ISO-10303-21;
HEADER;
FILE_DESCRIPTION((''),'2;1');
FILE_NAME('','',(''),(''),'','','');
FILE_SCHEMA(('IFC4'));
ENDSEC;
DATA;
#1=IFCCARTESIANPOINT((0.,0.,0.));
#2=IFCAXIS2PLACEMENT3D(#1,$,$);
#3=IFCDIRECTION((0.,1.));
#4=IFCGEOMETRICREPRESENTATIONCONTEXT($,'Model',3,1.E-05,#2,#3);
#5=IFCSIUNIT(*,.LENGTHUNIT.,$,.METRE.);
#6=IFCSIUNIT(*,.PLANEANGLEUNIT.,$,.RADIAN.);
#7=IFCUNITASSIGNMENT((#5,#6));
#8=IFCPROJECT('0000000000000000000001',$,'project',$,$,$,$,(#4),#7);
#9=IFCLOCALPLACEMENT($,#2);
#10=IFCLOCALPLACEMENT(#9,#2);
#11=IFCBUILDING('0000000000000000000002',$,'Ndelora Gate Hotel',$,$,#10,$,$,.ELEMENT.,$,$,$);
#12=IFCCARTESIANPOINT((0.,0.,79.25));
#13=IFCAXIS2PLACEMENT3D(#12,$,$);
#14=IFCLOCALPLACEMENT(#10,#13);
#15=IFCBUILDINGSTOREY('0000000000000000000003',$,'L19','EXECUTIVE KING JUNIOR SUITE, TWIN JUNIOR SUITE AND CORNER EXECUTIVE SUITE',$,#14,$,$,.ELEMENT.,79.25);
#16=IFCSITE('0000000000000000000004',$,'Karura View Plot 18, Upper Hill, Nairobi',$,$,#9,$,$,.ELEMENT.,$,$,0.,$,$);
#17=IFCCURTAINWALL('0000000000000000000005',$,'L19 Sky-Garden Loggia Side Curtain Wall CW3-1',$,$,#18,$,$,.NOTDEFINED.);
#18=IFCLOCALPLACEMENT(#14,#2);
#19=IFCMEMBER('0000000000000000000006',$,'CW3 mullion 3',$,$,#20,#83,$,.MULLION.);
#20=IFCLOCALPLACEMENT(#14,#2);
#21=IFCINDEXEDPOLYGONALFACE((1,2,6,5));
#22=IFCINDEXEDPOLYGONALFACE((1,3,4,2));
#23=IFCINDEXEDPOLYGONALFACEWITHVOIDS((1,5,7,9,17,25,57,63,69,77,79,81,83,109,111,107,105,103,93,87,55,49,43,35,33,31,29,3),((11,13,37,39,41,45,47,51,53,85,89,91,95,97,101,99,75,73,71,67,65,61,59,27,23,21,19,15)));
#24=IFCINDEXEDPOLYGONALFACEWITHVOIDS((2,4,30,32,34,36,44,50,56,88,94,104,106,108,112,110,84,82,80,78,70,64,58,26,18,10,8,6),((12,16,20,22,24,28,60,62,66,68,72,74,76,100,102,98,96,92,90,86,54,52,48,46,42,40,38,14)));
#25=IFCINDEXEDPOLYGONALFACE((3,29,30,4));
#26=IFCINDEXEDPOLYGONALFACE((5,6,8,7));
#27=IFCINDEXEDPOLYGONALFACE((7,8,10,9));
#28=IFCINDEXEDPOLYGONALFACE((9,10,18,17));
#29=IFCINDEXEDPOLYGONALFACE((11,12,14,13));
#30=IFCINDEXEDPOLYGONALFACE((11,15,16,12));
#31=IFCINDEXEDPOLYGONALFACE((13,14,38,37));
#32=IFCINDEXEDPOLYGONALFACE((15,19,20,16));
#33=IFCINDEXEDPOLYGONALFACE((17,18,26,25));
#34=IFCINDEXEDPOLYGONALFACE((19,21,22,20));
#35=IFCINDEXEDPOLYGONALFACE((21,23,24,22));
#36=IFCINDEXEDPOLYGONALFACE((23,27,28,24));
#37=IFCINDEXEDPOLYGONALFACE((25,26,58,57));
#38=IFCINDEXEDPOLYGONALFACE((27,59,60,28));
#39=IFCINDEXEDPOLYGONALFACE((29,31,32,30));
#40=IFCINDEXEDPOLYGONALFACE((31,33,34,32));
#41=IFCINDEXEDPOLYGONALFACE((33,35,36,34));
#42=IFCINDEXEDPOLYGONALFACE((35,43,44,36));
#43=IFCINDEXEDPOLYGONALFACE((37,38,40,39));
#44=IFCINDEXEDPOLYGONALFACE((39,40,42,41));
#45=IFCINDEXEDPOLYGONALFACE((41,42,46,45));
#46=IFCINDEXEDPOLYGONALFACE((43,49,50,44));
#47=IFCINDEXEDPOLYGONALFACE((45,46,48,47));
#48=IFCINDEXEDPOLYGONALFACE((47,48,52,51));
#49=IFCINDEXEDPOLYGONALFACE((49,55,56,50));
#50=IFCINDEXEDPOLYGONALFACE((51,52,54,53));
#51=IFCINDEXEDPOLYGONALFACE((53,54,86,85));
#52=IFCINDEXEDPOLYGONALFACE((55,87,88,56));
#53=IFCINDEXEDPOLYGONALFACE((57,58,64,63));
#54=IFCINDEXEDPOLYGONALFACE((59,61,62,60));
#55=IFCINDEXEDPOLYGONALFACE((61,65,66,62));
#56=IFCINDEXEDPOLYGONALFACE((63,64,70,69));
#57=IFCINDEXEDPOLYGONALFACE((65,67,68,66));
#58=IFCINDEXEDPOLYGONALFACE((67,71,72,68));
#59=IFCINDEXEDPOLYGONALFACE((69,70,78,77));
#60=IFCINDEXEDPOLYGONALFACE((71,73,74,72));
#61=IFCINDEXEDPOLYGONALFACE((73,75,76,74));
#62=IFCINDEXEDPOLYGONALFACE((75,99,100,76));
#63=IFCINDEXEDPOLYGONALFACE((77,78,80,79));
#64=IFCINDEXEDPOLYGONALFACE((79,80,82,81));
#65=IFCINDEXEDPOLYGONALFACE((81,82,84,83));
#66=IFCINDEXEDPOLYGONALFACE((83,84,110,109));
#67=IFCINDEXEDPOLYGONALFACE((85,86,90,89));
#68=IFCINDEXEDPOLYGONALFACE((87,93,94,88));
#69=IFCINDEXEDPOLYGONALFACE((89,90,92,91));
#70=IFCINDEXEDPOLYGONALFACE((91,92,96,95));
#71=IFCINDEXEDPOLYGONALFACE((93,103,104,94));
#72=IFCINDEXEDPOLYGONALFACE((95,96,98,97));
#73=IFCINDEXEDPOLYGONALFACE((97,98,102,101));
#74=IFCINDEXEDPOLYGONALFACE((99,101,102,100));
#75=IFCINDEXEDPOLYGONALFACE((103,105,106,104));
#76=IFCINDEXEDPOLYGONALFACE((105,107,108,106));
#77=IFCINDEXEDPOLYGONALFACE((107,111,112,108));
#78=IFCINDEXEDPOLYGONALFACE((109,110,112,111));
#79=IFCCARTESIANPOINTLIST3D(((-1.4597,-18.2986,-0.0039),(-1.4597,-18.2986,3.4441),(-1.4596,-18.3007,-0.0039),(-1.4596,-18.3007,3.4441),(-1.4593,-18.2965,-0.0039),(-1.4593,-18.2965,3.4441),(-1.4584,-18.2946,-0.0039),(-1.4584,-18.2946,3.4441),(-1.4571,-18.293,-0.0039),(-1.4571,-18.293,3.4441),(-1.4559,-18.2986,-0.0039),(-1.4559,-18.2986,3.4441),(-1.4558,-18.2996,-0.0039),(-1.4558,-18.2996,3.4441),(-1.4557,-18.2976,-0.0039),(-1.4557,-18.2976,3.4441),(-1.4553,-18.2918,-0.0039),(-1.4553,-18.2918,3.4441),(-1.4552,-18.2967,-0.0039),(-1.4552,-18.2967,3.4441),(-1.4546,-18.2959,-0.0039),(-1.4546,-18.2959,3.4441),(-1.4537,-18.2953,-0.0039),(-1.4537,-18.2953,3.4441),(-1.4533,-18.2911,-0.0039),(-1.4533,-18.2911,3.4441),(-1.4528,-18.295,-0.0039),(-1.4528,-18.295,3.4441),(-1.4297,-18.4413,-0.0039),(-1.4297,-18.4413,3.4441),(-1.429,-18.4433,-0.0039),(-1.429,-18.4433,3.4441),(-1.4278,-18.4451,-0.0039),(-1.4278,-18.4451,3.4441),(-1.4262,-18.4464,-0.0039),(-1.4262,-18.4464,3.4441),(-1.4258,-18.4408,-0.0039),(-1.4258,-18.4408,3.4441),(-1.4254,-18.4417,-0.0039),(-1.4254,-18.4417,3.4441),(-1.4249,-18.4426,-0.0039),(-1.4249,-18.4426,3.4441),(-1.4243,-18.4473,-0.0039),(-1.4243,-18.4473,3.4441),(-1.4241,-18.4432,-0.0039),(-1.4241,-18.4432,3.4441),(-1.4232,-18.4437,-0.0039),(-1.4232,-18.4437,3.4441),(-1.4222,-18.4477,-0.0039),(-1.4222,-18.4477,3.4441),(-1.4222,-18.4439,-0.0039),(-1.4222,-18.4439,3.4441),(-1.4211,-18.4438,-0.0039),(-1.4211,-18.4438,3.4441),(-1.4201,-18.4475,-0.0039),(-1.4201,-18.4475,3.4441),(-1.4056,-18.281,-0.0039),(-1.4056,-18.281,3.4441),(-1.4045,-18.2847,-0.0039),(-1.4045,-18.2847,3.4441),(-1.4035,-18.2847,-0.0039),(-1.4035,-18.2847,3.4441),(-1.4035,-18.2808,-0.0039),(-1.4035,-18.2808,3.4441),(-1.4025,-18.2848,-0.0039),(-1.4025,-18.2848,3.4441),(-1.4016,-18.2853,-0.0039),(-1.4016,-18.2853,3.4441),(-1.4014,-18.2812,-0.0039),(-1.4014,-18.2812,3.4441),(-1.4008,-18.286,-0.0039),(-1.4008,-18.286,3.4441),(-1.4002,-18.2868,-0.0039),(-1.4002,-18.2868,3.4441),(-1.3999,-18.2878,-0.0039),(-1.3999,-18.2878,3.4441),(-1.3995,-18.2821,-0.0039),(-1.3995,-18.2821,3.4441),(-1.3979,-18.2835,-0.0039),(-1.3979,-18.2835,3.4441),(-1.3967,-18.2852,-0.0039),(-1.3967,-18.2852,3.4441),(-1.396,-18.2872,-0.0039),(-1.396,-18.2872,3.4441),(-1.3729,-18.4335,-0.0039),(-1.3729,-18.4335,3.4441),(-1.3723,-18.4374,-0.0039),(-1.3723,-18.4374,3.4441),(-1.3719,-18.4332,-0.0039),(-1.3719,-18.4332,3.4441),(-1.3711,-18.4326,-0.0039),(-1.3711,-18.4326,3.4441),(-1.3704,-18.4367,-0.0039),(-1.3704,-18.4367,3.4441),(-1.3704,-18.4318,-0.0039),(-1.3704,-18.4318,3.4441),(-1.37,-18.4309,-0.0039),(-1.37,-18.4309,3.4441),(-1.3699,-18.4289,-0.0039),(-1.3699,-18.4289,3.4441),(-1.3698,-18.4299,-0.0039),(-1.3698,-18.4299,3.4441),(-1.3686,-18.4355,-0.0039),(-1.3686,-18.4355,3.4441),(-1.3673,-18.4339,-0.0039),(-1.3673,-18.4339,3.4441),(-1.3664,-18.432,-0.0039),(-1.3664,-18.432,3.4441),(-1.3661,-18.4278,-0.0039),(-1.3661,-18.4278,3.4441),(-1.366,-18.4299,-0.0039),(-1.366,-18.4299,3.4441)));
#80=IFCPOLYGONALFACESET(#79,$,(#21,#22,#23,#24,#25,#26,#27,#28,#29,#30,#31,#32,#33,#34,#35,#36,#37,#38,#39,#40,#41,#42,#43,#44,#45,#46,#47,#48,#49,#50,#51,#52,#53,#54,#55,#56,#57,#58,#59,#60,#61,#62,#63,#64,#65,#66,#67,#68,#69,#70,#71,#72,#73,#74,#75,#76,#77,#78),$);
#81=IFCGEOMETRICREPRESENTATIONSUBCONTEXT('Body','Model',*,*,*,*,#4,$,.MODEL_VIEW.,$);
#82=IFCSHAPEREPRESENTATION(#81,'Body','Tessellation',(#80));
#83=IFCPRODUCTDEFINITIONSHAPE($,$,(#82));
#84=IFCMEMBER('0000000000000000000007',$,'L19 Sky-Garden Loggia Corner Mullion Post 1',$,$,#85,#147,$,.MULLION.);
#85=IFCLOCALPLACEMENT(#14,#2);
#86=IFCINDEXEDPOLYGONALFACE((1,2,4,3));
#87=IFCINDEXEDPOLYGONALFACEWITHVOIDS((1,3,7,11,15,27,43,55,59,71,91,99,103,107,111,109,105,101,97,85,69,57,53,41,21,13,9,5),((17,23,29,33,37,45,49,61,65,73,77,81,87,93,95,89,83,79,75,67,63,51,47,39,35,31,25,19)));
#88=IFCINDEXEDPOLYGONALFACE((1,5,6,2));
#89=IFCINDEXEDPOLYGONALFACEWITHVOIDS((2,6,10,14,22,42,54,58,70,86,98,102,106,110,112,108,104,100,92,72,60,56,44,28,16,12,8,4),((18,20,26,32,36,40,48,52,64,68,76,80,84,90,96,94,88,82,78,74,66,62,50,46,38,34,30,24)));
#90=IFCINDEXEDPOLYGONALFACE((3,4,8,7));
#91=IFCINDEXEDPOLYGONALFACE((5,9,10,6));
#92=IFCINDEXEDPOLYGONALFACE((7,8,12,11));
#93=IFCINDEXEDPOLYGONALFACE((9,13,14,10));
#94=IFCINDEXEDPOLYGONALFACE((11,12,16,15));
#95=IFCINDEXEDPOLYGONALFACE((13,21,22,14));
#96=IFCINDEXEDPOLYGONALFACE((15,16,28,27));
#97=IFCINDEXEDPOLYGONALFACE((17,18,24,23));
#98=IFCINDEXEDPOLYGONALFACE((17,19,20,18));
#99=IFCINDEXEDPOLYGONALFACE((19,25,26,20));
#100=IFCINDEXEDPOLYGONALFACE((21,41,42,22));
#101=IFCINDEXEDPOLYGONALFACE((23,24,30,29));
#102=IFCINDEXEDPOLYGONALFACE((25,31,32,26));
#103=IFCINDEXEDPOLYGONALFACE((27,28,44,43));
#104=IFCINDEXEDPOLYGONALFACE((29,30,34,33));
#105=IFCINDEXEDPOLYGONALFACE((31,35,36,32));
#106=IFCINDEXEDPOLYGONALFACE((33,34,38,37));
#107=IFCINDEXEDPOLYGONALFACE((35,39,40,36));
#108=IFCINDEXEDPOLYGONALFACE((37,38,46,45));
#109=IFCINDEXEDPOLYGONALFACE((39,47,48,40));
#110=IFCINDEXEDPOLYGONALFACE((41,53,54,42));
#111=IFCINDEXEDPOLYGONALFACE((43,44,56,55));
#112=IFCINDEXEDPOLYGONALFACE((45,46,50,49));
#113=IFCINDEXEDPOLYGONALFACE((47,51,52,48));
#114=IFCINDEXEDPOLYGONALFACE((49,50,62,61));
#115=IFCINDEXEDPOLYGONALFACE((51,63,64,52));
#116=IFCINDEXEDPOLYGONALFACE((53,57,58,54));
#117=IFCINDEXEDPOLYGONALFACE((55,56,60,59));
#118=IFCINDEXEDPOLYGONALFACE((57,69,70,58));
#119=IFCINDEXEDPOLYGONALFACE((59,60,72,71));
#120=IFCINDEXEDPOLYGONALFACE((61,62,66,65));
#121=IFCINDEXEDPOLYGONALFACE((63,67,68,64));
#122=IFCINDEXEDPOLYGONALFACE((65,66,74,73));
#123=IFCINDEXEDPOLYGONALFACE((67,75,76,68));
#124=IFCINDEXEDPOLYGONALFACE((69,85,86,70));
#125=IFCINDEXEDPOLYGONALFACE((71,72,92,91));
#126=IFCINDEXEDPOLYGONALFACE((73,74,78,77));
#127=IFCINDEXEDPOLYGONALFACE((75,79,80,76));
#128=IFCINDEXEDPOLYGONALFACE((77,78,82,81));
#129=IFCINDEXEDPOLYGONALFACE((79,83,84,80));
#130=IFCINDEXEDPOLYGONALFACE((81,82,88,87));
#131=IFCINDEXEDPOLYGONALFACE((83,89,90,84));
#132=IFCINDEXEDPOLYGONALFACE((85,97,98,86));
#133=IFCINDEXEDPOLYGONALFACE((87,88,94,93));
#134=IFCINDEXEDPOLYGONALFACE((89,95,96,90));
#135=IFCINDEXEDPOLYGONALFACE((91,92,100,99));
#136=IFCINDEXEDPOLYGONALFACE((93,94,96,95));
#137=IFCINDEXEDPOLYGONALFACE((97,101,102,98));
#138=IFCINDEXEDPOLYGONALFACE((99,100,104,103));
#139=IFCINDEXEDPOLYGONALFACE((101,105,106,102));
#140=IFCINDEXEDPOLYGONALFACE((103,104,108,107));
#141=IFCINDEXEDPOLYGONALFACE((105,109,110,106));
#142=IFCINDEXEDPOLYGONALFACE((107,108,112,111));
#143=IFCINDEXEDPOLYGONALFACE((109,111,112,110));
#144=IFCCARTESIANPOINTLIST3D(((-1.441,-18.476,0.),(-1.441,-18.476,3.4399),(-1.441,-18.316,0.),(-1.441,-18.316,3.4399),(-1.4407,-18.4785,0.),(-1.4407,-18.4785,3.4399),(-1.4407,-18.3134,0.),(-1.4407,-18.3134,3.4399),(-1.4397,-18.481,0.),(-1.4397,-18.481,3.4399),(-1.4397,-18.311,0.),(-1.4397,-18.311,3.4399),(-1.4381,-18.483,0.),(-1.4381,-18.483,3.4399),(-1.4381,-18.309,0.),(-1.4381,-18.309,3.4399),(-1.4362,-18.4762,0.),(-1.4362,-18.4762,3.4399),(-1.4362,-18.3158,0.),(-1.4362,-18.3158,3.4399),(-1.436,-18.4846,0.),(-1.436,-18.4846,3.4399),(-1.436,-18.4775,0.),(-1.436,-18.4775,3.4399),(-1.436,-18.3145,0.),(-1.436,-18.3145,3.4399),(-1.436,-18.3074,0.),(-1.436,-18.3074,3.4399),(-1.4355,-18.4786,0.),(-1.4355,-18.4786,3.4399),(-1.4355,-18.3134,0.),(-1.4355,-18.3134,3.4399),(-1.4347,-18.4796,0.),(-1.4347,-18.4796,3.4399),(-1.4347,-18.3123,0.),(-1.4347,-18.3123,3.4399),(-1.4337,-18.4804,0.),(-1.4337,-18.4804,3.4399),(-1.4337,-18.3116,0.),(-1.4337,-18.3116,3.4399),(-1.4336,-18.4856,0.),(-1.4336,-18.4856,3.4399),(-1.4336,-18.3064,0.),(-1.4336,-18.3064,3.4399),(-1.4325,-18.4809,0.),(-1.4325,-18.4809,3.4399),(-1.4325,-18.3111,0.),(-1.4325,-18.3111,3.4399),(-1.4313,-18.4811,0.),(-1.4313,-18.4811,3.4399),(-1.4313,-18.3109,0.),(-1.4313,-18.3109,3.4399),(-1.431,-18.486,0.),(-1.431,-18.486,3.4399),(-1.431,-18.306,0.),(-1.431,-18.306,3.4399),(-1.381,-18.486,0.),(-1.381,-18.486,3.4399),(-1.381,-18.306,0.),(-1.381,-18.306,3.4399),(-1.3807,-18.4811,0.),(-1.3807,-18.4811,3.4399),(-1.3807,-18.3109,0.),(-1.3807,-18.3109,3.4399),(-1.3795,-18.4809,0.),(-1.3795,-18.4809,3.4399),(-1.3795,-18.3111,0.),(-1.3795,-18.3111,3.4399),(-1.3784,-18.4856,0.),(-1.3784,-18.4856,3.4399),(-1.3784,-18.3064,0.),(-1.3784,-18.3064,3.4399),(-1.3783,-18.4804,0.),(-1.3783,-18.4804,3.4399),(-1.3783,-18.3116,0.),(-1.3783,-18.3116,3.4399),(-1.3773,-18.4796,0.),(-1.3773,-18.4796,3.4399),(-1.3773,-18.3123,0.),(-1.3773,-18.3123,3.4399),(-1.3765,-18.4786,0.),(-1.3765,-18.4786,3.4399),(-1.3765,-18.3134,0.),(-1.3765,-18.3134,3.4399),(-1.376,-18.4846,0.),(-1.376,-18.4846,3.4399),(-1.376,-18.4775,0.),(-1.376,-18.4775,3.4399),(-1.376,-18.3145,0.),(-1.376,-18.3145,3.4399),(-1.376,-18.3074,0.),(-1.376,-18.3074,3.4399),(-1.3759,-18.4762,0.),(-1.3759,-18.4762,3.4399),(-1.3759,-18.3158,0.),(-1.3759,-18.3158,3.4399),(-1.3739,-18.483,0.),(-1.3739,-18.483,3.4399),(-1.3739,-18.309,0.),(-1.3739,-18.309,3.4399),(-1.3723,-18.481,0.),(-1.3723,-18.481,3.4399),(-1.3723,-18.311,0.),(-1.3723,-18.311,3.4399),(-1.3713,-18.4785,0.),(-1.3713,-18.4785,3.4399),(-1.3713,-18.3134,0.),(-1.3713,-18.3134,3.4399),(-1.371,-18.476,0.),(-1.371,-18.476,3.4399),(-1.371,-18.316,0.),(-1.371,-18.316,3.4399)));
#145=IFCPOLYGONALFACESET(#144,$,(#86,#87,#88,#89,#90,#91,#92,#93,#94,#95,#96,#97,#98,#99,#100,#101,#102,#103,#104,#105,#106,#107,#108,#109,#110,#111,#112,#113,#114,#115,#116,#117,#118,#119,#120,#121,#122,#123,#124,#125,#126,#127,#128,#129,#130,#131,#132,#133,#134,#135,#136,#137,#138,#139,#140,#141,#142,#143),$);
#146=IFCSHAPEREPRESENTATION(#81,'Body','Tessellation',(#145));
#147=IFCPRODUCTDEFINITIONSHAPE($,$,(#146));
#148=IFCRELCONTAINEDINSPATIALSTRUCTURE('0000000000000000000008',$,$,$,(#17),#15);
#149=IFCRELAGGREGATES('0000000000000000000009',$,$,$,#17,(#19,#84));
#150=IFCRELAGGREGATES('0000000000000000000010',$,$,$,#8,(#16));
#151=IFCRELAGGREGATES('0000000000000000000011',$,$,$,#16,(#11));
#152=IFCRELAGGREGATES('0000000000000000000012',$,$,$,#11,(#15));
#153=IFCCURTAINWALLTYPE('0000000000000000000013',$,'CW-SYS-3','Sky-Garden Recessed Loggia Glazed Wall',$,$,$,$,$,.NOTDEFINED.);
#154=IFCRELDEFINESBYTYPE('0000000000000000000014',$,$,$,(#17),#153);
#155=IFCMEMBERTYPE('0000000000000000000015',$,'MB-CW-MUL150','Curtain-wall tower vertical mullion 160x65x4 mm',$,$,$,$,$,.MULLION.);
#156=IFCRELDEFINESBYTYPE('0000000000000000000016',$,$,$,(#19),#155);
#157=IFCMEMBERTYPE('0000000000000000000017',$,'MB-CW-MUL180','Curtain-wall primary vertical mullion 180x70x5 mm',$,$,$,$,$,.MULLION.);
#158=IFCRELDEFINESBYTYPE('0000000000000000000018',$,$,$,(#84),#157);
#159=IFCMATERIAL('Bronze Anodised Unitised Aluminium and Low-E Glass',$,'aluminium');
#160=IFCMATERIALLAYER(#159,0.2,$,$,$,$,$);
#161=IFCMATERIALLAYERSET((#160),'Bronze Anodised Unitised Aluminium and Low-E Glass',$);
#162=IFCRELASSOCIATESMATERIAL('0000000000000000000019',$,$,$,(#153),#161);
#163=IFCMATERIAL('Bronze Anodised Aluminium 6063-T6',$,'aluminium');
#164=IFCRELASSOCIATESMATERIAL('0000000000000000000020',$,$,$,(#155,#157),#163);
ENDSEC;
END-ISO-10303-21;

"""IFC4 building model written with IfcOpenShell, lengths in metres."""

from ifc_helpers import new_model, si_unit, direction, frame, origin, origin_2d, place, context, subcontext, project, spatial, hollow_rectangle, extrude, material, layer, layer_set, material_profile, profile_set, type_object, element, aggregate, save


model = new_model("IFC4")

# Units and contexts
model_context = context("Model", 3, precision=1e-05, world=origin(), true_north=direction((0.0, 1.0)))
body_context = subcontext(model_context, "Body", "Model", "MODEL_VIEW")
ifc_project = project(units=[si_unit("LENGTHUNIT", "METRE"), si_unit("PLANEANGLEUNIT", "RADIAN")], contexts=[model_context])

# Site, building, storey
site_placement = place(None, origin())
site = spatial("IfcSite", under=ifc_project, at=site_placement, Name="Karura View Plot 18, Upper Hill, Nairobi", CompositionType="ELEMENT", RefElevation=0.0)
building_placement = place(site_placement, origin())
building = spatial("IfcBuilding", under=site, at=building_placement, Name="Ndelora Gate Hotel", CompositionType="ELEMENT")
storey_placement = place(building_placement, frame((0.0, 0.0, 79.25)))
storey = spatial("IfcBuildingStorey", under=building, at=storey_placement, Name="L19", Description="EXECUTIVE KING JUNIOR SUITE, TWIN JUNIOR SUITE AND CORNER EXECUTIVE SUITE", CompositionType="ELEMENT", Elevation=79.25)

# Curtain wall, members
ifc_material_1 = material(Name="Bronze Anodised Unitised Aluminium and Low-E Glass", Category="aluminium")
ifc_layer_1 = layer(ifc_material_1, 0.2)
ifc_layer_set_1 = layer_set([ifc_layer_1], Name="Bronze Anodised Unitised Aluminium and Low-E Glass")
curtain_wall_type = type_object("IfcCurtainWallType", Name="CW-SYS-3", Description="Sky-Garden Recessed Loggia Glazed Wall", PredefinedType="NOTDEFINED", material=ifc_layer_set_1)
curtain_wall_placement = place(storey_placement, origin())
curtain_wall = element("IfcCurtainWall", 1, at=curtain_wall_placement, inside=storey, type_object=curtain_wall_type, Name="L19 Sky-Garden Loggia Side Curtain Wall CW3-1", PredefinedType="NOTDEFINED")
ifc_material_2 = material(Name="Bronze Anodised Aluminium 6063-T6", Category="aluminium")
ifc_material_profile_1 = material_profile(ifc_material_2, hollow_rectangle(XDim=0.0649, YDim=0.1599, WallThickness=0.0039, InnerFilletRadius=0.0039, OuterFilletRadius=0.0081, at=origin_2d()), Name="ALU 160x65x4")
ifc_profile_set_1 = profile_set([ifc_material_profile_1], Name="Bronze Anodised Aluminium 6063-T6")
member_type_1 = type_object("IfcMemberType", Name="MB-CW-MUL150", Description="Curtain-wall tower vertical mullion 160x65x4 mm", PredefinedType="MULLION", material=ifc_profile_set_1)
member_1_placement = place(storey_placement, frame((-1.4128, -18.3643, -0.0039), z_axis=(0.0, 0.0, 1.0), x_axis=(0.978148, 0.207911, 0.0)))
member_1 = element("IfcMember", 2, at=member_1_placement, type_object=member_type_1, Name="CW3 mullion 3", PredefinedType="MULLION", context=body_context, shape_type="SweptSolid", body=[
    extrude(hollow_rectangle(XDim=0.0649, YDim=0.1599, WallThickness=0.0039, InnerFilletRadius=0.0039, OuterFilletRadius=0.0081, at=origin_2d()), origin(), (0.0, 0.0, 1.0), 3.448),
])
ifc_material_profile_2 = material_profile(ifc_material_2, hollow_rectangle(XDim=0.0701, YDim=0.1799, WallThickness=0.0049, InnerFilletRadius=0.0049, OuterFilletRadius=0.01, at=origin_2d()), Name="ALU 180x70x5")
ifc_profile_set_2 = profile_set([ifc_material_profile_2], Name="Bronze Anodised Aluminium 6063-T6")
member_type_2 = type_object("IfcMemberType", Name="MB-CW-MUL180", Description="Curtain-wall primary vertical mullion 180x70x5 mm", PredefinedType="MULLION", material=ifc_profile_set_2)
member_2_placement = place(storey_placement, frame((-1.406, -18.396, 0.0), z_axis=(0.0, 0.0, 1.0), x_axis=(1.0, 0.0, 0.0)))
member_2 = element("IfcMember", 3, at=member_2_placement, type_object=member_type_2, Name="L19 Sky-Garden Loggia Corner Mullion Post 1", PredefinedType="MULLION", context=body_context, shape_type="SweptSolid", body=[
    extrude(hollow_rectangle(XDim=0.0701, YDim=0.1799, WallThickness=0.0049, InnerFilletRadius=0.0049, OuterFilletRadius=0.01, at=origin_2d()), origin(), (0.0, 0.0, 1.0), 3.4399),
])
aggregate(curtain_wall, [member_1, member_2])

save(model, "model.ifc")
